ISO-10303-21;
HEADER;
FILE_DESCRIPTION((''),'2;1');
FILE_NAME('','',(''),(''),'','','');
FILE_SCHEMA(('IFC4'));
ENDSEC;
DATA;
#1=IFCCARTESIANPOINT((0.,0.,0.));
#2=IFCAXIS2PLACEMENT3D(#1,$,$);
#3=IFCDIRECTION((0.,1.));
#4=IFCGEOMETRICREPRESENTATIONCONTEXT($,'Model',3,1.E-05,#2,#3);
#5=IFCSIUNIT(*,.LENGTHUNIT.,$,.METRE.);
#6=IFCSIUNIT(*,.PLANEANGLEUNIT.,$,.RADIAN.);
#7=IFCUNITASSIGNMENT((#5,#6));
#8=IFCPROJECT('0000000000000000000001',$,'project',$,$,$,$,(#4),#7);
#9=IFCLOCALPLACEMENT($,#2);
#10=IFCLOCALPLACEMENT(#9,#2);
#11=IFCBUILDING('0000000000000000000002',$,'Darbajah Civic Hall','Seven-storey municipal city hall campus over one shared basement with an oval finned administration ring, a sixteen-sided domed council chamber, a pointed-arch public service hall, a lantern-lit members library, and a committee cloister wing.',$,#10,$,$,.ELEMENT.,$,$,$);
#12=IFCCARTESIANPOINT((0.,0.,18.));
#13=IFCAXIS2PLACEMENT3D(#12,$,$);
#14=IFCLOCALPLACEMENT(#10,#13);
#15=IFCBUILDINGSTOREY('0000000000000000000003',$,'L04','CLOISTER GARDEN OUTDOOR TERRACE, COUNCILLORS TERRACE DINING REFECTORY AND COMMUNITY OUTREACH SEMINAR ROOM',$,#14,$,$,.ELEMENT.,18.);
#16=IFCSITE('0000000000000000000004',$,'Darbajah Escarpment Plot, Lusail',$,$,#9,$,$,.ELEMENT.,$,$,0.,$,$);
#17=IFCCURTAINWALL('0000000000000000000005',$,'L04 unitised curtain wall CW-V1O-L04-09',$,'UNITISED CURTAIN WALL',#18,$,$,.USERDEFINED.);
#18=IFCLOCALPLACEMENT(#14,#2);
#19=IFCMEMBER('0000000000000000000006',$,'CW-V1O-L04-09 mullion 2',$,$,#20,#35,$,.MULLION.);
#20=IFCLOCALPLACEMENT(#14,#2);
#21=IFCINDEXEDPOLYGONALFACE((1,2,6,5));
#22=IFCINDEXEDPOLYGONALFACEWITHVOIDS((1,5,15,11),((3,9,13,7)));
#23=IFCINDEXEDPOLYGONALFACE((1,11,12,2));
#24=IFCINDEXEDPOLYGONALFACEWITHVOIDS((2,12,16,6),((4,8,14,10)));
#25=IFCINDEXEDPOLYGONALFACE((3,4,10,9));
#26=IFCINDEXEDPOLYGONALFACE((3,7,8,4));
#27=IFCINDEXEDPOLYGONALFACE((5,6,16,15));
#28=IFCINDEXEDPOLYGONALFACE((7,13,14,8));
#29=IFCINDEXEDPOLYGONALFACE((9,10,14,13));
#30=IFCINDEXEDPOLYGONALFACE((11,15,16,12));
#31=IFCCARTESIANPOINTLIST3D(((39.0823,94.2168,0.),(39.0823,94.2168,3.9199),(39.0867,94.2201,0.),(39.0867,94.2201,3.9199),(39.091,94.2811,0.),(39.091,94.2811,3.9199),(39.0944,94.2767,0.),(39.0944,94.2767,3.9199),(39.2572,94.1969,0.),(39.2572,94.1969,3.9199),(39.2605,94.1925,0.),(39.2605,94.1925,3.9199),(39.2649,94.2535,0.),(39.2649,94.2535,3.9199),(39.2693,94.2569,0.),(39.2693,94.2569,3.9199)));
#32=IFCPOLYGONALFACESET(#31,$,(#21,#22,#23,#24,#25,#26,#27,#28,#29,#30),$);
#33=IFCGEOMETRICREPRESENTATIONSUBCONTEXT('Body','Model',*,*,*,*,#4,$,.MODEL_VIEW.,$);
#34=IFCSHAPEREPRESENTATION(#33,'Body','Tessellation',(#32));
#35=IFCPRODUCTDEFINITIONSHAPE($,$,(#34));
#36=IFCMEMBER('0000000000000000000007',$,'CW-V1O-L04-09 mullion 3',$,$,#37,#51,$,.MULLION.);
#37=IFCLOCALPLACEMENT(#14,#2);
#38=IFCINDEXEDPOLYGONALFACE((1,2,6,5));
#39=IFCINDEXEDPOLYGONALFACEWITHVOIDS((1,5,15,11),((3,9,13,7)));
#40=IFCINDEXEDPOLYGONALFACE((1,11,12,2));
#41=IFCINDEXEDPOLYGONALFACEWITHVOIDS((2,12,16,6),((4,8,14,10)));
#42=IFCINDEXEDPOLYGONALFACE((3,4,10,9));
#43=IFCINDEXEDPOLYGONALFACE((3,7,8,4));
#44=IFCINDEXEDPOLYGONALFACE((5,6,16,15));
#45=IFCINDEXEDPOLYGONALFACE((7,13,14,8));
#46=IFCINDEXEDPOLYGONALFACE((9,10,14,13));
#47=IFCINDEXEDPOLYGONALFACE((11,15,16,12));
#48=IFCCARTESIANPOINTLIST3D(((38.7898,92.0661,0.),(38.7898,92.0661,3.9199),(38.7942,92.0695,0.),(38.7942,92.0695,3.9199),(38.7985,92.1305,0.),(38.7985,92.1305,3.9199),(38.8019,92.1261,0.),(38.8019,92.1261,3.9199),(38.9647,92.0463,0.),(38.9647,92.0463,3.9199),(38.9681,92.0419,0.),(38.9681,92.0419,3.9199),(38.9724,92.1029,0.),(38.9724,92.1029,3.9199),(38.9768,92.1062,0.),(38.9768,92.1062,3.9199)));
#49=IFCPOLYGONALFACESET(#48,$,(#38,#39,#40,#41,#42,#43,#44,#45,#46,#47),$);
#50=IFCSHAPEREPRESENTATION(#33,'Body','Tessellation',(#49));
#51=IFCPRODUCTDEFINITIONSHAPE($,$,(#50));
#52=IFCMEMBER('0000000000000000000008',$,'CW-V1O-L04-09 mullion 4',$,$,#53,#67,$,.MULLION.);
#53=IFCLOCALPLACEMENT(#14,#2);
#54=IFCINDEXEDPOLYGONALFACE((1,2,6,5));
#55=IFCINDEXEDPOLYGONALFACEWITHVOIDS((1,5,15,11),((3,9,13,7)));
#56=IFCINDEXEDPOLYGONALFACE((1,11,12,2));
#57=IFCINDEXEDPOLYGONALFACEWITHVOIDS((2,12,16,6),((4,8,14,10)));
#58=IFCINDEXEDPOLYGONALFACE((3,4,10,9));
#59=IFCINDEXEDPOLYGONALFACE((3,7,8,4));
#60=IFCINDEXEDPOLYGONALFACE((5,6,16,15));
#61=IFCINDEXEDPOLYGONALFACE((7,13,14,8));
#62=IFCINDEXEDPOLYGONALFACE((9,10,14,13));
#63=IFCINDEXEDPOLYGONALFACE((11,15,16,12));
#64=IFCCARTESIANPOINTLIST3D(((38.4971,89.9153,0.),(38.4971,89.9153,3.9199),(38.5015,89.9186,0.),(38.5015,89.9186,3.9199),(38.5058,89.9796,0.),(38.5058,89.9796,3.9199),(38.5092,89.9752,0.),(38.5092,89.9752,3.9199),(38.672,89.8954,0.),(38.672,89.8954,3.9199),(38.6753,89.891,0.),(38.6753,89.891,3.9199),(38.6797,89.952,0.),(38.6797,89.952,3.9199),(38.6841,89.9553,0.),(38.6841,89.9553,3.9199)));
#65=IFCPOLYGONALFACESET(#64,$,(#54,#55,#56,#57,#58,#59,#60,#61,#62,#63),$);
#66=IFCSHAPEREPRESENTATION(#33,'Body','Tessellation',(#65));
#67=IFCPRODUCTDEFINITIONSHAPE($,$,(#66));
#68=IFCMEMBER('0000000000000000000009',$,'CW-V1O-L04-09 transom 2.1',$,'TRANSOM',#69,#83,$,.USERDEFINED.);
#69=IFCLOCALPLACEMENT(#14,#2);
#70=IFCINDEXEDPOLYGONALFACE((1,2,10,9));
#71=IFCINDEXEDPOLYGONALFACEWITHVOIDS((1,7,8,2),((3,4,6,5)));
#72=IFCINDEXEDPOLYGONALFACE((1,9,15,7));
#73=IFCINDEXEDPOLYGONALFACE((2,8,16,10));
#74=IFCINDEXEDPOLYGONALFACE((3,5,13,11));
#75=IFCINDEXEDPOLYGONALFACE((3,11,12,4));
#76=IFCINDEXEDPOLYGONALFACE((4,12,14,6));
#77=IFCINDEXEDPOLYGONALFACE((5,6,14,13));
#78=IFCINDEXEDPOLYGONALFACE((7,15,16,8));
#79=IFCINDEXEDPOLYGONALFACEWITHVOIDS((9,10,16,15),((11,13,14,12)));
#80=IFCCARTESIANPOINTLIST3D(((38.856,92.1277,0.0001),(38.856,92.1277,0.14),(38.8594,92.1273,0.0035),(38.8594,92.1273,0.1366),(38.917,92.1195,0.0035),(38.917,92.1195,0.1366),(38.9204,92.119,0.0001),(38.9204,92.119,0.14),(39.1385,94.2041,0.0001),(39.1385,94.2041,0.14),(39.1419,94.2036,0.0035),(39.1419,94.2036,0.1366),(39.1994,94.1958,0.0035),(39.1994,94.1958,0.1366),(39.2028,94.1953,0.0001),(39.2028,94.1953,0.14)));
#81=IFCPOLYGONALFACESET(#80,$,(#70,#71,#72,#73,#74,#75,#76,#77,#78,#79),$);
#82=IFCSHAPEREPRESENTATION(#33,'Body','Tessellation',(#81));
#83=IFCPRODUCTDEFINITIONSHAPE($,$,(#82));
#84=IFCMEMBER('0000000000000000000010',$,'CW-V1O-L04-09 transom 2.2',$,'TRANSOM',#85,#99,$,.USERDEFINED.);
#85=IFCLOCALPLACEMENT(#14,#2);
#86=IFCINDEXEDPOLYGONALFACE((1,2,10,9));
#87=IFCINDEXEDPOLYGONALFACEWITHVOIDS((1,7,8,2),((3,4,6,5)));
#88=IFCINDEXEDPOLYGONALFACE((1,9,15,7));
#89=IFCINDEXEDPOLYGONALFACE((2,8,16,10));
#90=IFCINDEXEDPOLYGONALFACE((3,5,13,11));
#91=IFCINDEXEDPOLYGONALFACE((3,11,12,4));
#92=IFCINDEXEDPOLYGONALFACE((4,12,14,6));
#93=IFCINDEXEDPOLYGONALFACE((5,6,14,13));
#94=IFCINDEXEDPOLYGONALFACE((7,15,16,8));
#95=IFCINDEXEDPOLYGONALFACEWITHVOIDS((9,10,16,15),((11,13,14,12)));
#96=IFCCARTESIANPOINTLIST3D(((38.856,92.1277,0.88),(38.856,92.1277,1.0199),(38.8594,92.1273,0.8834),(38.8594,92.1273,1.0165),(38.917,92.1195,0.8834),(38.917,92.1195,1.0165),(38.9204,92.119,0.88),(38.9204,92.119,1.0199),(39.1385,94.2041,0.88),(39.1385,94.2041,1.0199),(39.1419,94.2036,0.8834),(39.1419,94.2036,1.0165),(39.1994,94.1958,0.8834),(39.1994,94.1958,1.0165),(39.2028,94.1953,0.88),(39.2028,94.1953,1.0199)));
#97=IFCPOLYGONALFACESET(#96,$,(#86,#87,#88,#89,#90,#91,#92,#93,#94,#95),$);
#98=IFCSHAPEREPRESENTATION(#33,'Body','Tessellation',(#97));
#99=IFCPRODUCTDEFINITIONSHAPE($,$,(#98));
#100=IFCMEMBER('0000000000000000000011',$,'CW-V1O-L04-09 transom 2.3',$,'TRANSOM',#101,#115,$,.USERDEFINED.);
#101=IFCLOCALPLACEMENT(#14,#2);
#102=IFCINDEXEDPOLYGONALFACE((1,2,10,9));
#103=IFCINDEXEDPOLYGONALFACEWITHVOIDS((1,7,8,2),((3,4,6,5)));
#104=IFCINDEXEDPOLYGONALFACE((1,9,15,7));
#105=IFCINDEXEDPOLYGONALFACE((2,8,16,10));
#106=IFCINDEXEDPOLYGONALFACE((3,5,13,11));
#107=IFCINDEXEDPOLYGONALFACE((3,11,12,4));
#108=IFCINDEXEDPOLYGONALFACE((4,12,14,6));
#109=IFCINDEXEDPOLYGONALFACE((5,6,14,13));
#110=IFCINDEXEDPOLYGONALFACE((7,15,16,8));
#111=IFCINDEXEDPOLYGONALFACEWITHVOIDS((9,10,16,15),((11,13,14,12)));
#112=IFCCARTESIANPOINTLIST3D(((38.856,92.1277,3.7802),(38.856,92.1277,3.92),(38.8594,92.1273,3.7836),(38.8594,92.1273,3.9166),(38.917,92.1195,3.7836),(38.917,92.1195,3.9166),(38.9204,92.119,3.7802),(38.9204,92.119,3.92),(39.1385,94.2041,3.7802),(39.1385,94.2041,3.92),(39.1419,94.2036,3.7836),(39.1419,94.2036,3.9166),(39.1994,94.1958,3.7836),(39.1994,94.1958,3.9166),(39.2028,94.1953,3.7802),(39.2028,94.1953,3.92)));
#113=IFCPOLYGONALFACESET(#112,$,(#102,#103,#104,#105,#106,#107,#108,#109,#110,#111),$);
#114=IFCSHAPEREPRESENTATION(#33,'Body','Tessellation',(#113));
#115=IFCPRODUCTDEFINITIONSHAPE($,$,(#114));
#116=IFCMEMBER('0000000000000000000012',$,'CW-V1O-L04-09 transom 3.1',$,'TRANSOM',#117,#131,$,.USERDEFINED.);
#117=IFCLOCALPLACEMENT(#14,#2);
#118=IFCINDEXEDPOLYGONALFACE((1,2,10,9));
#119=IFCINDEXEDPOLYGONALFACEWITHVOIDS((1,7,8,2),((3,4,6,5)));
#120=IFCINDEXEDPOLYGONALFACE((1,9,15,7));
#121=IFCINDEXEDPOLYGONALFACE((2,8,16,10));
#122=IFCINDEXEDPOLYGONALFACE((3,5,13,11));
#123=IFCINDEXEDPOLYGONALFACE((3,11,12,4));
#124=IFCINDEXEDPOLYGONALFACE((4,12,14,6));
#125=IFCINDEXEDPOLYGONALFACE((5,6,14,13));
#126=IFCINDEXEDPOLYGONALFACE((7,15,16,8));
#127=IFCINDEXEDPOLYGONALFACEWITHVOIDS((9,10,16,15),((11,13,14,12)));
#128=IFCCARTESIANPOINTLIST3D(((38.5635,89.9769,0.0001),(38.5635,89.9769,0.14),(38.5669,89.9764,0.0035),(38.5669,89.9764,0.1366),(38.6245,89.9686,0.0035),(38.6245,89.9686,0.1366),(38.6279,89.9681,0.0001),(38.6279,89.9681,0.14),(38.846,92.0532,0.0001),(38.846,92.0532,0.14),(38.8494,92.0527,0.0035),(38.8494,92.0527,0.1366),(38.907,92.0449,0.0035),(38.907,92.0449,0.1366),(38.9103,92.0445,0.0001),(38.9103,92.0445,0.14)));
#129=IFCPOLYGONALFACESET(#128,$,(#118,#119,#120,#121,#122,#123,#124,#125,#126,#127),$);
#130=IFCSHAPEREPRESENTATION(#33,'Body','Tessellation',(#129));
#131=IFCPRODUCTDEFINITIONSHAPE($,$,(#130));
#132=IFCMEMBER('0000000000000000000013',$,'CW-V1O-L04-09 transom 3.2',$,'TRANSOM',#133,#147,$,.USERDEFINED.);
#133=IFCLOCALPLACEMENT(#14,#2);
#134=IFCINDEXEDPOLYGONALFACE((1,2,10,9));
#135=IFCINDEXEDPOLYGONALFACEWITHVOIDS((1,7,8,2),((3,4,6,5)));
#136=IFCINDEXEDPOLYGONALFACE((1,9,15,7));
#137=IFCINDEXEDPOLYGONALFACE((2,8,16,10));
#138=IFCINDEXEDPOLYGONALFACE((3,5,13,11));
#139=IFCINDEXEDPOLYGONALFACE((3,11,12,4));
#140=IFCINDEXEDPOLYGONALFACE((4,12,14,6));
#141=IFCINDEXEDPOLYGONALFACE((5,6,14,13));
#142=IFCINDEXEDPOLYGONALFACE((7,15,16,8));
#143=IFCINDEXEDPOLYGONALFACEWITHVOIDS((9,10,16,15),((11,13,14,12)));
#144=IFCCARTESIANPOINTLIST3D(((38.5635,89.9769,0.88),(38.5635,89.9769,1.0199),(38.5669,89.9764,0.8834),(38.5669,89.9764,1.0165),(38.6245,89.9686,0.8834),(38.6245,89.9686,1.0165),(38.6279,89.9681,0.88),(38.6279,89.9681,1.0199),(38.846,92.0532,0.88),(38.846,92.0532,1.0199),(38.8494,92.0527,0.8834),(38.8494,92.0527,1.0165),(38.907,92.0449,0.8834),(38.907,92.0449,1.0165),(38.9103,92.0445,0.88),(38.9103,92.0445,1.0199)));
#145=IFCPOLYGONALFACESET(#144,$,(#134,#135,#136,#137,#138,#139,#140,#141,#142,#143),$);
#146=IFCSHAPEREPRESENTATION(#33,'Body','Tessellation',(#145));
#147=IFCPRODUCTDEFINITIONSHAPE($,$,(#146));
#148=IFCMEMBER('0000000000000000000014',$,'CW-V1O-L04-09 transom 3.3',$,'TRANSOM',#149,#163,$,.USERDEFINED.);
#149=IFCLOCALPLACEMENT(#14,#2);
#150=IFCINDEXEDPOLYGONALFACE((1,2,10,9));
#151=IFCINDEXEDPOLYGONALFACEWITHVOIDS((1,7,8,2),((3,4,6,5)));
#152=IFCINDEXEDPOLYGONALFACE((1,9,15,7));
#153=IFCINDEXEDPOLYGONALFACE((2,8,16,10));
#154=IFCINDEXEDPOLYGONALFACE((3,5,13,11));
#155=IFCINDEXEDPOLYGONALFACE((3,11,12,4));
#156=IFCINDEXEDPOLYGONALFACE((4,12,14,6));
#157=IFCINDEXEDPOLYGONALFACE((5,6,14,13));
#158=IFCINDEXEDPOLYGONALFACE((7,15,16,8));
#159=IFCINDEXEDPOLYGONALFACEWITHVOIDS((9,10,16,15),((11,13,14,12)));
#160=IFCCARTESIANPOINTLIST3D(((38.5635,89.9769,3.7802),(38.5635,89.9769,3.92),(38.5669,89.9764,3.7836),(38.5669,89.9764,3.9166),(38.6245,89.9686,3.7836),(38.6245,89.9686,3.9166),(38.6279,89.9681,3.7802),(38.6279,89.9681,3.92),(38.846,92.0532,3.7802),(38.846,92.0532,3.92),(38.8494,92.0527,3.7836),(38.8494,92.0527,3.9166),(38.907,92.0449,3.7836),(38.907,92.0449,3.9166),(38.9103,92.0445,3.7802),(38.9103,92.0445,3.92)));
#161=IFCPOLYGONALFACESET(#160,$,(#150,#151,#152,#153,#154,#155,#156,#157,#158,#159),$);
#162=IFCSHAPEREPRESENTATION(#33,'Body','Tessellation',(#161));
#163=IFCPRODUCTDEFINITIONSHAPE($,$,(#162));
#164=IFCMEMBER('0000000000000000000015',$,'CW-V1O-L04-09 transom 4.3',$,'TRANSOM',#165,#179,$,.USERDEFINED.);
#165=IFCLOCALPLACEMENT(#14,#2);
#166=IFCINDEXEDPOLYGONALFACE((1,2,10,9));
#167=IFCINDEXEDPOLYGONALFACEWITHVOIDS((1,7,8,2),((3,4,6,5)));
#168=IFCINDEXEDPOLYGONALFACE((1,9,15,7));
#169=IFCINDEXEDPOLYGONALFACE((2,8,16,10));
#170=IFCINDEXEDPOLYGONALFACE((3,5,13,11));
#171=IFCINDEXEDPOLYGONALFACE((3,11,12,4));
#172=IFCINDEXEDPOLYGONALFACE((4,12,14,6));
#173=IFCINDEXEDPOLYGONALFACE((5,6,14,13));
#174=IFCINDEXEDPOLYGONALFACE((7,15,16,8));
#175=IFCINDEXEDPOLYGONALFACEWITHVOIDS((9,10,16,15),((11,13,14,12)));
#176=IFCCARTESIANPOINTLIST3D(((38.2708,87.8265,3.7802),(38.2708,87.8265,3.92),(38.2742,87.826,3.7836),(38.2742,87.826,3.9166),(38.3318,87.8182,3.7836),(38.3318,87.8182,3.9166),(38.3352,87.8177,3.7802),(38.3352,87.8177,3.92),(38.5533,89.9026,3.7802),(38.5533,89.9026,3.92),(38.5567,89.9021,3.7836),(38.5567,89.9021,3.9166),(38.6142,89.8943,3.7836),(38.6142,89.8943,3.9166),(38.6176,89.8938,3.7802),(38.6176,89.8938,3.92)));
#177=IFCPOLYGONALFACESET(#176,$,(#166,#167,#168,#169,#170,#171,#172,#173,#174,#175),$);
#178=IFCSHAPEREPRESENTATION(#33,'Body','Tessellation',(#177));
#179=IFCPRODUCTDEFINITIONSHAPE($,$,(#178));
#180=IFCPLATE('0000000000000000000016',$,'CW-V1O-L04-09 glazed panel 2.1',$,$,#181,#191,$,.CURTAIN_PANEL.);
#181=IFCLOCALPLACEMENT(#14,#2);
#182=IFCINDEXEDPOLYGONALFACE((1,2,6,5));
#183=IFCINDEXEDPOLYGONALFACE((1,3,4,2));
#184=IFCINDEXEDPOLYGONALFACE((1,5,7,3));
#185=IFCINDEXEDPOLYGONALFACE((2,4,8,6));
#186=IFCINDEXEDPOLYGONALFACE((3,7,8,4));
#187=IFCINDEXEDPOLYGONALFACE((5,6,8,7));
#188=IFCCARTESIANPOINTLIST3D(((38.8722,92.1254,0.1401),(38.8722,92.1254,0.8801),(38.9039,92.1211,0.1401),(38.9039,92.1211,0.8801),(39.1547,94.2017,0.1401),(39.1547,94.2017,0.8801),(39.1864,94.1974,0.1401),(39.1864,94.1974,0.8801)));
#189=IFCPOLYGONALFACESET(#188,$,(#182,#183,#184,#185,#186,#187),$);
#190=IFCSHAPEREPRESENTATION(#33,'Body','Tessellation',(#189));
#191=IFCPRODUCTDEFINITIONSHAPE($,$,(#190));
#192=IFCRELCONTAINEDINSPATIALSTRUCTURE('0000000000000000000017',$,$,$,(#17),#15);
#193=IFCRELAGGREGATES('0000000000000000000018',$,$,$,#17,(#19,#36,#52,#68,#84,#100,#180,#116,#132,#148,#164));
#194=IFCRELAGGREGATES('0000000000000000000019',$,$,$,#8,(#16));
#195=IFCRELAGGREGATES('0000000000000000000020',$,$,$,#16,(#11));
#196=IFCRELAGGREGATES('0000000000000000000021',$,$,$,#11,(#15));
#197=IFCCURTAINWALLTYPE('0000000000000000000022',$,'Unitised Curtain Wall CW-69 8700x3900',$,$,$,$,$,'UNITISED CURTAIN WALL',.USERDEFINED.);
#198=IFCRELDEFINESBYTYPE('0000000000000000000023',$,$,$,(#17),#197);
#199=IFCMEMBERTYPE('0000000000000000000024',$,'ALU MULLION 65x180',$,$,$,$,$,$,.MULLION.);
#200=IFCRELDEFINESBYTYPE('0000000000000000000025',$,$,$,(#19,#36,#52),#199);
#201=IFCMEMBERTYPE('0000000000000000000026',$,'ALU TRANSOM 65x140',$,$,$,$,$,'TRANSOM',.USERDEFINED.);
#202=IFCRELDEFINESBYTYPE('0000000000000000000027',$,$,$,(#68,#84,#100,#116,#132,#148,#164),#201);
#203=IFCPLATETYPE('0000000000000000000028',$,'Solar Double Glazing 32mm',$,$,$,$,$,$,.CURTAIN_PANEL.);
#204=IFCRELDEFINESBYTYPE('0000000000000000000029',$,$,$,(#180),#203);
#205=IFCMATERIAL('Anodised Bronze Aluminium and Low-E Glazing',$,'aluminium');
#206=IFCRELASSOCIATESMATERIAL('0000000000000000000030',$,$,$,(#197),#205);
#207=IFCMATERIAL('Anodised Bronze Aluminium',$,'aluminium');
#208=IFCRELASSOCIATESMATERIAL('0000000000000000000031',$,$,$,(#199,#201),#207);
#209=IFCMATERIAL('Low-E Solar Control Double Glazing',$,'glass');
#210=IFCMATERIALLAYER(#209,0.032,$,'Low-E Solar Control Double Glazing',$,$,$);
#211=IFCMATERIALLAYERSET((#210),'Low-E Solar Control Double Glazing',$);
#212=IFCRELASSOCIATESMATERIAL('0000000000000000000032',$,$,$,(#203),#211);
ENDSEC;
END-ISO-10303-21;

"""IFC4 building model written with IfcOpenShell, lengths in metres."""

from ifc_helpers import new_model, si_unit, direction, frame, origin, origin_2d, place, context, subcontext, project, spatial, rectangle, hollow_rectangle, extrude, material, layer, layer_set, material_profile, profile_set, type_object, element, aggregate, save


model = new_model("IFC4")

# Units and contexts
model_context = context("Model", 3, precision=1e-05, world=origin(), true_north=direction((0.0, 1.0)))
body_context = subcontext(model_context, "Body", "Model", "MODEL_VIEW")
ifc_project = project(units=[si_unit("LENGTHUNIT", "METRE"), si_unit("PLANEANGLEUNIT", "RADIAN")], contexts=[model_context])

# Site, building, storey
site_placement = place(None, origin())
site = spatial("IfcSite", under=ifc_project, at=site_placement, Name="Darbajah Escarpment Plot, Lusail", CompositionType="ELEMENT", RefElevation=0.0)
building_placement = place(site_placement, origin())
building = spatial("IfcBuilding", under=site, at=building_placement, Name="Darbajah Civic Hall", Description="Seven-storey municipal city hall campus over one shared basement with an oval finned administration ring, a sixteen-sided domed council chamber, a pointed-arch public service hall, a lantern-lit members library, and a committee cloister wing.", CompositionType="ELEMENT")
storey_placement = place(building_placement, frame((0.0, 0.0, 18.0)))
storey = spatial("IfcBuildingStorey", under=building, at=storey_placement, Name="L04", Description="CLOISTER GARDEN OUTDOOR TERRACE, COUNCILLORS TERRACE DINING REFECTORY AND COMMUNITY OUTREACH SEMINAR ROOM", CompositionType="ELEMENT", Elevation=18.0)

# Curtain wall, members, plate
ifc_material_1 = material(Name="Anodised Bronze Aluminium and Low-E Glazing", Category="aluminium")
curtain_wall_type = type_object("IfcCurtainWallType", Name="Unitised Curtain Wall CW-69 8700x3900", ElementType="UNITISED CURTAIN WALL", PredefinedType="USERDEFINED", material=ifc_material_1)
curtain_wall_placement = place(storey_placement, origin())
curtain_wall = element("IfcCurtainWall", 1, at=curtain_wall_placement, inside=storey, type_object=curtain_wall_type, Name="L04 unitised curtain wall CW-V1O-L04-09", ObjectType="UNITISED CURTAIN WALL", PredefinedType="USERDEFINED")
ifc_material_2 = material(Name="Anodised Bronze Aluminium", Category="aluminium")
ifc_material_profile_1 = material_profile(ifc_material_2, hollow_rectangle(XDim=0.0649, YDim=0.1799, WallThickness=0.0039, at=origin_2d()), Name="ALU MULLION 65x180")
ifc_profile_set_1 = profile_set([ifc_material_profile_1], Name="Anodised Bronze Aluminium")
member_type_1 = type_object("IfcMemberType", Name="ALU MULLION 65x180", PredefinedType="MULLION", material=ifc_profile_set_1)
member_1_placement = place(storey_placement, frame((39.1758, 94.2368, 0.0), z_axis=(0.0, 0.0, 1.0), x_axis=(-0.134851, -0.990866, 0.0)))
member_1 = element("IfcMember", 2, at=member_1_placement, type_object=member_type_1, Name="CW-V1O-L04-09 mullion 2", PredefinedType="MULLION", context=body_context, shape_type="SweptSolid", body=[
    extrude(hollow_rectangle(XDim=0.0649, YDim=0.1799, WallThickness=0.0039, at=origin_2d()), origin(), (0.0, 0.0, 1.0), 3.9199),
])
member_2_placement = place(storey_placement, frame((38.8833, 92.0862, 0.0), z_axis=(0.0, 0.0, 1.0), x_axis=(-0.134851, -0.990866, 0.0)))
member_2 = element("IfcMember", 3, at=member_2_placement, type_object=member_type_1, Name="CW-V1O-L04-09 mullion 3", PredefinedType="MULLION", context=body_context, shape_type="SweptSolid", body=[
    extrude(hollow_rectangle(XDim=0.0649, YDim=0.1799, WallThickness=0.0039, at=origin_2d()), origin(), (0.0, 0.0, 1.0), 3.9199),
])
member_3_placement = place(storey_placement, frame((38.5906, 89.9353, 0.0), z_axis=(0.0, 0.0, 1.0), x_axis=(-0.134851, -0.990866, 0.0)))
member_3 = element("IfcMember", 4, at=member_3_placement, type_object=member_type_1, Name="CW-V1O-L04-09 mullion 4", PredefinedType="MULLION", context=body_context, shape_type="SweptSolid", body=[
    extrude(hollow_rectangle(XDim=0.0649, YDim=0.1799, WallThickness=0.0039, at=origin_2d()), origin(), (0.0, 0.0, 1.0), 3.9199),
])
ifc_material_profile_2 = material_profile(ifc_material_2, hollow_rectangle(XDim=0.0649, YDim=0.1399, WallThickness=0.0034, at=origin_2d()), Name="ALU TRANSOM 65x140")
ifc_profile_set_2 = profile_set([ifc_material_profile_2], Name="Anodised Bronze Aluminium")
member_type_2 = type_object("IfcMemberType", Name="ALU TRANSOM 65x140", ElementType="TRANSOM", PredefinedType="USERDEFINED", material=ifc_profile_set_2)
member_4_placement = place(storey_placement, frame((39.1707, 94.1997, 0.0701), z_axis=(-0.134796, -0.990873, 0.0), x_axis=(0.990873, -0.134796, 0.0)))
member_4 = element("IfcMember", 5, at=member_4_placement, type_object=member_type_2, Name="CW-V1O-L04-09 transom 2.1", ObjectType="TRANSOM", PredefinedType="USERDEFINED", context=body_context, shape_type="SweptSolid", body=[
    extrude(hollow_rectangle(XDim=0.0649, YDim=0.1399, WallThickness=0.0034, at=origin_2d()), origin(), (0.0, 0.0, 1.0), 2.0955),
])
member_5_placement = place(storey_placement, frame((39.1707, 94.1997, 0.95), z_axis=(-0.134796, -0.990873, 0.0), x_axis=(0.990873, -0.134796, 0.0)))
member_5 = element("IfcMember", 6, at=member_5_placement, type_object=member_type_2, Name="CW-V1O-L04-09 transom 2.2", ObjectType="TRANSOM", PredefinedType="USERDEFINED", context=body_context, shape_type="SweptSolid", body=[
    extrude(hollow_rectangle(XDim=0.0649, YDim=0.1399, WallThickness=0.0034, at=origin_2d()), origin(), (0.0, 0.0, 1.0), 2.0955),
])
member_6_placement = place(storey_placement, frame((39.1707, 94.1997, 3.8501), z_axis=(-0.134796, -0.990873, 0.0), x_axis=(0.990873, -0.134796, 0.0)))
member_6 = element("IfcMember", 7, at=member_6_placement, type_object=member_type_2, Name="CW-V1O-L04-09 transom 2.3", ObjectType="TRANSOM", PredefinedType="USERDEFINED", context=body_context, shape_type="SweptSolid", body=[
    extrude(hollow_rectangle(XDim=0.0649, YDim=0.1399, WallThickness=0.0034, at=origin_2d()), origin(), (0.0, 0.0, 1.0), 2.0955),
])
member_7_placement = place(storey_placement, frame((38.8782, 92.0488, 0.0701), z_axis=(-0.134796, -0.990873, 0.0), x_axis=(0.990873, -0.134796, 0.0)))
member_7 = element("IfcMember", 8, at=member_7_placement, type_object=member_type_2, Name="CW-V1O-L04-09 transom 3.1", ObjectType="TRANSOM", PredefinedType="USERDEFINED", context=body_context, shape_type="SweptSolid", body=[
    extrude(hollow_rectangle(XDim=0.0649, YDim=0.1399, WallThickness=0.0034, at=origin_2d()), origin(), (0.0, 0.0, 1.0), 2.0955),
])
member_8_placement = place(storey_placement, frame((38.8782, 92.0488, 0.95), z_axis=(-0.134796, -0.990873, 0.0), x_axis=(0.990873, -0.134796, 0.0)))
member_8 = element("IfcMember", 9, at=member_8_placement, type_object=member_type_2, Name="CW-V1O-L04-09 transom 3.2", ObjectType="TRANSOM", PredefinedType="USERDEFINED", context=body_context, shape_type="SweptSolid", body=[
    extrude(hollow_rectangle(XDim=0.0649, YDim=0.1399, WallThickness=0.0034, at=origin_2d()), origin(), (0.0, 0.0, 1.0), 2.0955),
])
member_9_placement = place(storey_placement, frame((38.8782, 92.0488, 3.8501), z_axis=(-0.134796, -0.990873, 0.0), x_axis=(0.990873, -0.134796, 0.0)))
member_9 = element("IfcMember", 10, at=member_9_placement, type_object=member_type_2, Name="CW-V1O-L04-09 transom 3.3", ObjectType="TRANSOM", PredefinedType="USERDEFINED", context=body_context, shape_type="SweptSolid", body=[
    extrude(hollow_rectangle(XDim=0.0649, YDim=0.1399, WallThickness=0.0034, at=origin_2d()), origin(), (0.0, 0.0, 1.0), 2.0955),
])
member_10_placement = place(storey_placement, frame((38.5854, 89.8982, 3.8501), z_axis=(-0.134812, -0.990871, 0.0), x_axis=(0.990871, -0.134812, 0.0)))
member_10 = element("IfcMember", 11, at=member_10_placement, type_object=member_type_2, Name="CW-V1O-L04-09 transom 4.3", ObjectType="TRANSOM", PredefinedType="USERDEFINED", context=body_context, shape_type="SweptSolid", body=[
    extrude(hollow_rectangle(XDim=0.0649, YDim=0.1399, WallThickness=0.0034, at=origin_2d()), origin(), (0.0, 0.0, 1.0), 2.0952),
])
ifc_material_3 = material(Name="Low-E Solar Control Double Glazing", Category="glass")
ifc_layer = layer(ifc_material_3, 0.032, Name="Low-E Solar Control Double Glazing")
ifc_layer_set = layer_set([ifc_layer], Name="Low-E Solar Control Double Glazing")
plate_type = type_object("IfcPlateType", Name="Solar Double Glazing 32mm", PredefinedType="CURTAIN_PANEL", material=ifc_layer_set)
plate_1_placement = place(storey_placement, frame((39.0293, 93.1614, 0.1401), z_axis=(0.0, 0.0, 1.0), x_axis=(-0.134851, -0.990866, 0.0)))
plate_1 = element("IfcPlate", 12, at=plate_1_placement, type_object=plate_type, Name="CW-V1O-L04-09 glazed panel 2.1", PredefinedType="CURTAIN_PANEL", context=body_context, shape_type="SweptSolid", body=[
    extrude(rectangle(XDim=2.0955, YDim=0.032, at=origin_2d()), origin(), (0.0, 0.0, 1.0), 0.74),
])
aggregate(curtain_wall, [member_1, member_2, member_3, member_4, member_5, member_6, plate_1, member_7, member_8, member_9, member_10])

save(model, "model.ifc")
